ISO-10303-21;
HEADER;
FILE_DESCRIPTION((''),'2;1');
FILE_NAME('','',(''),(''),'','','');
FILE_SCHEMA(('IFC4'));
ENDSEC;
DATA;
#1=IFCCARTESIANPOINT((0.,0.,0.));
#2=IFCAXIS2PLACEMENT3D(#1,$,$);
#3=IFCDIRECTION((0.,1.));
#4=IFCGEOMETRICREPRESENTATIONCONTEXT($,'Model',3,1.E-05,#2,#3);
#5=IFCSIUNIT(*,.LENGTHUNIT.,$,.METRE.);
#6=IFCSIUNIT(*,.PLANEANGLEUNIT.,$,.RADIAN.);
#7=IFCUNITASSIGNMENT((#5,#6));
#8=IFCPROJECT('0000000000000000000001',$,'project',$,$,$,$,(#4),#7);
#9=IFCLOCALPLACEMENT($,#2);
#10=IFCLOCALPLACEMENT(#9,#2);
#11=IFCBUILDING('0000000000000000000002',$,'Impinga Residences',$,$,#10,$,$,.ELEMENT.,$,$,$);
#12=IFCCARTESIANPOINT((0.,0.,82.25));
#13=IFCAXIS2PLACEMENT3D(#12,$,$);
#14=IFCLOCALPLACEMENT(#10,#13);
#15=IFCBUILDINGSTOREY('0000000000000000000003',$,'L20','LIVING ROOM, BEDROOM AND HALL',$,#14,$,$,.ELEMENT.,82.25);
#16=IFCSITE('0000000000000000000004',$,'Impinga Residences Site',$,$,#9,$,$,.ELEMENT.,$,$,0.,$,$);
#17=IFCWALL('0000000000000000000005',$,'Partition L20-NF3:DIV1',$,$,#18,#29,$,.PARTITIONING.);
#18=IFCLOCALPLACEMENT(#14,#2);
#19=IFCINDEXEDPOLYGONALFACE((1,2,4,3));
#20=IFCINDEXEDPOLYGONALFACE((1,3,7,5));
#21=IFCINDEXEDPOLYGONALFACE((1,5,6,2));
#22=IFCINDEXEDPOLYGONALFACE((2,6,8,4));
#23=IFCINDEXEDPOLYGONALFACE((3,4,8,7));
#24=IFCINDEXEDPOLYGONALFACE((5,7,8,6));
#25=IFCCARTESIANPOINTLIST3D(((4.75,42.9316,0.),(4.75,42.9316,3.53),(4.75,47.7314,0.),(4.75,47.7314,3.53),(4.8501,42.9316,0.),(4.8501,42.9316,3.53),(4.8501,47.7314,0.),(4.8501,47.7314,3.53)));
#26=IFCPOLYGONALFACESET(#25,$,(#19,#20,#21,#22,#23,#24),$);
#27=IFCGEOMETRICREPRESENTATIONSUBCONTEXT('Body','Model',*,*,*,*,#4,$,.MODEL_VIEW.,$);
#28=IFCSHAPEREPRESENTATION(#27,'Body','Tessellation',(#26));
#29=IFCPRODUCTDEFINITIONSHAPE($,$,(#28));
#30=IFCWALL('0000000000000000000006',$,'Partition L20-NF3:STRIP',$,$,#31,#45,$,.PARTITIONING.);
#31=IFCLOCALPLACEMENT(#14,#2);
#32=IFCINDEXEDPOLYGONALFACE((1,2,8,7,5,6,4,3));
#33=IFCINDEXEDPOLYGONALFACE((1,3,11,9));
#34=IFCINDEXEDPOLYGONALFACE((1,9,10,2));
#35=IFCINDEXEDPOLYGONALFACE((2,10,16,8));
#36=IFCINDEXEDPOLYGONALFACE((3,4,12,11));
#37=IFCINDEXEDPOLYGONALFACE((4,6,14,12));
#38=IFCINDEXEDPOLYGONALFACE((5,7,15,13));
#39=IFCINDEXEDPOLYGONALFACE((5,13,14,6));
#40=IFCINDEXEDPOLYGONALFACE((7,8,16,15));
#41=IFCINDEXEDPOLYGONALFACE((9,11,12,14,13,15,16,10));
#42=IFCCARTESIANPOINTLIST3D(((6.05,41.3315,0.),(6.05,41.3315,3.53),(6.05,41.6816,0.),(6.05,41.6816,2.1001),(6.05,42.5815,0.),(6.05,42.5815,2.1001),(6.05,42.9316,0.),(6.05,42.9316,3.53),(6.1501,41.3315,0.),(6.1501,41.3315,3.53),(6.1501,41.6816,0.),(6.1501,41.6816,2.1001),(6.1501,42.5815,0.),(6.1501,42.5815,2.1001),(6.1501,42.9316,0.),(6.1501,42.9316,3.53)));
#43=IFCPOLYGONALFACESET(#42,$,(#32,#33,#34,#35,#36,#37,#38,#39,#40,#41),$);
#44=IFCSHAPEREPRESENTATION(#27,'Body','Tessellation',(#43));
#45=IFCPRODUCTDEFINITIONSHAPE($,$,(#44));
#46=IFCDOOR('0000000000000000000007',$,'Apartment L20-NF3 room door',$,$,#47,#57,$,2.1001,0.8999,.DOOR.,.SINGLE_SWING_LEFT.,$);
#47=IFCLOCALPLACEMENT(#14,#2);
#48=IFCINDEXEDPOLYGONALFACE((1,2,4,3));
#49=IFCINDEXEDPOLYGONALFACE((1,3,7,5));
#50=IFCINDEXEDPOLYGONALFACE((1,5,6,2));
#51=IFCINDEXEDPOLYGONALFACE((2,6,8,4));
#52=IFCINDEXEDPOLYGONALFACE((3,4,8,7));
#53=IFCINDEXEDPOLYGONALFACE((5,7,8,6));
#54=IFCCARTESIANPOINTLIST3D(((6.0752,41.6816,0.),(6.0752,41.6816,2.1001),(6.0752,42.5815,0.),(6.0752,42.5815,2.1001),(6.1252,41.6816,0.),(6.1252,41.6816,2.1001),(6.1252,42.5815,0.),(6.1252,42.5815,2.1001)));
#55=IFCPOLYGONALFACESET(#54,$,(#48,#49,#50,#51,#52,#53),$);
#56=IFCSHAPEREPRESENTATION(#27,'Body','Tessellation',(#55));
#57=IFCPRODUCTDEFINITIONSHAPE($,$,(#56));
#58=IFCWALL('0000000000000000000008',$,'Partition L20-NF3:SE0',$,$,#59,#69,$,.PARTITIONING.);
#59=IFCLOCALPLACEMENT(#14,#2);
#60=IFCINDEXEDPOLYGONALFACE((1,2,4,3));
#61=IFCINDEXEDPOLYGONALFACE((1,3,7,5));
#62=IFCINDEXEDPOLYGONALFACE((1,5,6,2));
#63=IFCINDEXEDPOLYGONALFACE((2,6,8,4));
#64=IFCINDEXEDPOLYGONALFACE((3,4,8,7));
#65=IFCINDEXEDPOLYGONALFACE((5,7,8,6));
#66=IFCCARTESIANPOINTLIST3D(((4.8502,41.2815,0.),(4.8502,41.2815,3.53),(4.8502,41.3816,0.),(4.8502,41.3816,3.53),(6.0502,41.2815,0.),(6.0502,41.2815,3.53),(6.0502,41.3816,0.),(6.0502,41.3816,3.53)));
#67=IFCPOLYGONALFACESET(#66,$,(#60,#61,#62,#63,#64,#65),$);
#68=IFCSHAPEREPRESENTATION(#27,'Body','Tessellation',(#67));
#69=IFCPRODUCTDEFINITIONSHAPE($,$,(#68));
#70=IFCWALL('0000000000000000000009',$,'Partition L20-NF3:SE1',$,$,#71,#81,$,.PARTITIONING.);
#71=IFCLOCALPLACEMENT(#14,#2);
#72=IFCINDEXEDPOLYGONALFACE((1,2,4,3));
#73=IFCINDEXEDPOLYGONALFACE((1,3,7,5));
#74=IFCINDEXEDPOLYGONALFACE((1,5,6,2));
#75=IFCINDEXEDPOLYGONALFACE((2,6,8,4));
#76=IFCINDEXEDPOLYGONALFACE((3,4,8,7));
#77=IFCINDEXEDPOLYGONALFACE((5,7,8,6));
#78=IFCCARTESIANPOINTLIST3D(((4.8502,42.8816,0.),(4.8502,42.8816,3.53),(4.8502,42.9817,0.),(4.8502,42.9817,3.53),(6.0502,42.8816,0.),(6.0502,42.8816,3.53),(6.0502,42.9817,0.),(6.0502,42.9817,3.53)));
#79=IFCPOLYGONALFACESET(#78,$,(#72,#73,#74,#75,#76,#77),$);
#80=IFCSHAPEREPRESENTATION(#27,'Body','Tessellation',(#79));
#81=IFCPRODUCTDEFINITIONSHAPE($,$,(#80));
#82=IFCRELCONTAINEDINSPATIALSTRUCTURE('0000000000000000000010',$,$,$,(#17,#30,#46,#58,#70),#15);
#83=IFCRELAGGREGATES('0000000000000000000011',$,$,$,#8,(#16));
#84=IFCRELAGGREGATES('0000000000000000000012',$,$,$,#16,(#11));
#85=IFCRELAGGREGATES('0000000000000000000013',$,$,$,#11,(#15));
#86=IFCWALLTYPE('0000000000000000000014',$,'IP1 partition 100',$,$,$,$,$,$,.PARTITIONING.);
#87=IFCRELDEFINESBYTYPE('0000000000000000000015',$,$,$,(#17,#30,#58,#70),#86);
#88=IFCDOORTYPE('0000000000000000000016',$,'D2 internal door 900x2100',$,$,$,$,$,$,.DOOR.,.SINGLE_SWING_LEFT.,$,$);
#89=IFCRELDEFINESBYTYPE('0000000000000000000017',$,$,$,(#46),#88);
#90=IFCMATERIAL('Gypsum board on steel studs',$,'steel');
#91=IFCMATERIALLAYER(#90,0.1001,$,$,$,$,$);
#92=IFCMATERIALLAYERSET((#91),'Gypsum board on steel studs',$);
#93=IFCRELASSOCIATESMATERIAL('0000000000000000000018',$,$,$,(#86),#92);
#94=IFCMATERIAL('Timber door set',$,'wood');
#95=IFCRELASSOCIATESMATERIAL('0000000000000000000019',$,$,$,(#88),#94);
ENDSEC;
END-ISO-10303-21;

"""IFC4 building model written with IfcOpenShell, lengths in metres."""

from ifc_helpers import new_model, si_unit, direction, frame, frame_2d, origin, place, context, subcontext, project, spatial, rectangle, extrude, material, layer, layer_set, type_object, element, fill, save


model = new_model("IFC4")

# Units and contexts
model_context = context("Model", 3, precision=1e-05, world=origin(), true_north=direction((0.0, 1.0)))
body_context = subcontext(model_context, "Body", "Model", "MODEL_VIEW")
ifc_project = project(units=[si_unit("LENGTHUNIT", "METRE"), si_unit("PLANEANGLEUNIT", "RADIAN")], contexts=[model_context])

# Site, building, storey
site_placement = place(None, origin())
site = spatial("IfcSite", under=ifc_project, at=site_placement, Name="Impinga Residences Site", CompositionType="ELEMENT", RefElevation=0.0)
building_placement = place(site_placement, origin())
building = spatial("IfcBuilding", under=site, at=building_placement, Name="Impinga Residences", CompositionType="ELEMENT")
storey_placement = place(building_placement, frame((0.0, 0.0, 82.25)))
storey = spatial("IfcBuildingStorey", under=building, at=storey_placement, Name="L20", Description="LIVING ROOM, BEDROOM AND HALL", CompositionType="ELEMENT", Elevation=82.25)

# Wall
ifc_material_1 = material(Name="Gypsum board on steel studs", Category="steel")
ifc_layer_1 = layer(ifc_material_1, 0.1001)
ifc_layer_set_1 = layer_set([ifc_layer_1], Name="Gypsum board on steel studs")
wall_type_1 = type_object("IfcWallType", Name="IP1 partition 100", PredefinedType="PARTITIONING", material=ifc_layer_set_1)
wall_1_placement = place(storey_placement, frame((4.8, 42.9316, 0.0), z_axis=(0.0, 0.0, 1.0), x_axis=(0.0, 1.0, 0.0)))
element("IfcWall", 1, at=wall_1_placement, inside=storey, type_object=wall_type_1, Name="Partition L20-NF3:DIV1", PredefinedType="PARTITIONING", context=body_context, shape_type="SweptSolid", body=[
    extrude(rectangle(XDim=4.7998, YDim=0.1001, at=frame_2d((2.3999, 0.0))), origin(), (0.0, 0.0, 1.0), 3.53),
])

# Wall, opening, door
wall_2_placement = place(storey_placement, frame((6.1001, 41.3315, 0.0), z_axis=(0.0, 0.0, 1.0), x_axis=(0.0, 1.0, 0.0)))
wall_2 = element("IfcWall", 2, at=wall_2_placement, inside=storey, type_object=wall_type_1, Name="Partition L20-NF3:STRIP", PredefinedType="PARTITIONING", context=body_context, shape_type="SweptSolid", body=[
    extrude(rectangle(XDim=1.6001, YDim=0.1001, at=frame_2d((0.8, 0.0))), origin(), (0.0, 0.0, 1.0), 3.53),
])
opening_1_placement = place(wall_2_placement, frame((0.3501, 0.0, 0.0)))
opening_1 = element("IfcOpeningElement", 3, at=opening_1_placement, cuts=wall_2, PredefinedType="OPENING", context=body_context, shape_type="SweptSolid", body=[
    extrude(rectangle(XDim=0.8999, YDim=2.1001, at=frame_2d((0.45, 1.05))), frame((0.0, 0.0601, 0.0), z_axis=(0.0, -1.0, 0.0), x_axis=(1.0, 0.0, 0.0)), (0.0, 0.0, 1.0), 0.1201),
])
ifc_material_2 = material(Name="Timber door set", Category="wood")
door_type = type_object("IfcDoorType", Name="D2 internal door 900x2100", OperationType="SINGLE_SWING_LEFT", PredefinedType="DOOR", material=ifc_material_2)
door_placement = place(opening_1_placement, origin())
door = element("IfcDoor", 4, at=door_placement, inside=storey, type_object=door_type, Name="Apartment L20-NF3 room door", OperationType="SINGLE_SWING_LEFT", OverallHeight=2.1001, OverallWidth=0.8999, PredefinedType="DOOR", context=body_context, shape_type="SweptSolid", body=[
    extrude(rectangle(XDim=0.8999, YDim=2.1001, at=frame_2d((0.45, 1.05))), frame((0.0, 0.0249, 0.0), z_axis=(0.0, -1.0, 0.0), x_axis=(1.0, 0.0, 0.0)), (0.0, 0.0, 1.0), 0.05),
])
fill(opening_1, door)

# Walls
for number, where, z_axis, x_axis, name in (
    (5, (4.8501, 41.3315, 0.0), (0.0, 0.0, 1.0), (1.0, 0.0, 0.0), "Partition L20-NF3:SE0"),
    (6, (4.8501, 42.9316, 0.0), (0.0, 0.0, 1.0), (1.0, 0.0, 0.0), "Partition L20-NF3:SE1"),
):
    element("IfcWall", number, at=place(storey_placement, frame(where, z_axis=z_axis, x_axis=x_axis)), inside=storey, type_object=wall_type_1, Name=name, PredefinedType="PARTITIONING", context=body_context, shape_type="SweptSolid", body=[
        extrude(rectangle(XDim=1.2, YDim=0.1001, at=frame_2d((0.6001, 0.0))), origin(), (0.0, 0.0, 1.0), 3.53),
    ])

save(model, "model.ifc")
